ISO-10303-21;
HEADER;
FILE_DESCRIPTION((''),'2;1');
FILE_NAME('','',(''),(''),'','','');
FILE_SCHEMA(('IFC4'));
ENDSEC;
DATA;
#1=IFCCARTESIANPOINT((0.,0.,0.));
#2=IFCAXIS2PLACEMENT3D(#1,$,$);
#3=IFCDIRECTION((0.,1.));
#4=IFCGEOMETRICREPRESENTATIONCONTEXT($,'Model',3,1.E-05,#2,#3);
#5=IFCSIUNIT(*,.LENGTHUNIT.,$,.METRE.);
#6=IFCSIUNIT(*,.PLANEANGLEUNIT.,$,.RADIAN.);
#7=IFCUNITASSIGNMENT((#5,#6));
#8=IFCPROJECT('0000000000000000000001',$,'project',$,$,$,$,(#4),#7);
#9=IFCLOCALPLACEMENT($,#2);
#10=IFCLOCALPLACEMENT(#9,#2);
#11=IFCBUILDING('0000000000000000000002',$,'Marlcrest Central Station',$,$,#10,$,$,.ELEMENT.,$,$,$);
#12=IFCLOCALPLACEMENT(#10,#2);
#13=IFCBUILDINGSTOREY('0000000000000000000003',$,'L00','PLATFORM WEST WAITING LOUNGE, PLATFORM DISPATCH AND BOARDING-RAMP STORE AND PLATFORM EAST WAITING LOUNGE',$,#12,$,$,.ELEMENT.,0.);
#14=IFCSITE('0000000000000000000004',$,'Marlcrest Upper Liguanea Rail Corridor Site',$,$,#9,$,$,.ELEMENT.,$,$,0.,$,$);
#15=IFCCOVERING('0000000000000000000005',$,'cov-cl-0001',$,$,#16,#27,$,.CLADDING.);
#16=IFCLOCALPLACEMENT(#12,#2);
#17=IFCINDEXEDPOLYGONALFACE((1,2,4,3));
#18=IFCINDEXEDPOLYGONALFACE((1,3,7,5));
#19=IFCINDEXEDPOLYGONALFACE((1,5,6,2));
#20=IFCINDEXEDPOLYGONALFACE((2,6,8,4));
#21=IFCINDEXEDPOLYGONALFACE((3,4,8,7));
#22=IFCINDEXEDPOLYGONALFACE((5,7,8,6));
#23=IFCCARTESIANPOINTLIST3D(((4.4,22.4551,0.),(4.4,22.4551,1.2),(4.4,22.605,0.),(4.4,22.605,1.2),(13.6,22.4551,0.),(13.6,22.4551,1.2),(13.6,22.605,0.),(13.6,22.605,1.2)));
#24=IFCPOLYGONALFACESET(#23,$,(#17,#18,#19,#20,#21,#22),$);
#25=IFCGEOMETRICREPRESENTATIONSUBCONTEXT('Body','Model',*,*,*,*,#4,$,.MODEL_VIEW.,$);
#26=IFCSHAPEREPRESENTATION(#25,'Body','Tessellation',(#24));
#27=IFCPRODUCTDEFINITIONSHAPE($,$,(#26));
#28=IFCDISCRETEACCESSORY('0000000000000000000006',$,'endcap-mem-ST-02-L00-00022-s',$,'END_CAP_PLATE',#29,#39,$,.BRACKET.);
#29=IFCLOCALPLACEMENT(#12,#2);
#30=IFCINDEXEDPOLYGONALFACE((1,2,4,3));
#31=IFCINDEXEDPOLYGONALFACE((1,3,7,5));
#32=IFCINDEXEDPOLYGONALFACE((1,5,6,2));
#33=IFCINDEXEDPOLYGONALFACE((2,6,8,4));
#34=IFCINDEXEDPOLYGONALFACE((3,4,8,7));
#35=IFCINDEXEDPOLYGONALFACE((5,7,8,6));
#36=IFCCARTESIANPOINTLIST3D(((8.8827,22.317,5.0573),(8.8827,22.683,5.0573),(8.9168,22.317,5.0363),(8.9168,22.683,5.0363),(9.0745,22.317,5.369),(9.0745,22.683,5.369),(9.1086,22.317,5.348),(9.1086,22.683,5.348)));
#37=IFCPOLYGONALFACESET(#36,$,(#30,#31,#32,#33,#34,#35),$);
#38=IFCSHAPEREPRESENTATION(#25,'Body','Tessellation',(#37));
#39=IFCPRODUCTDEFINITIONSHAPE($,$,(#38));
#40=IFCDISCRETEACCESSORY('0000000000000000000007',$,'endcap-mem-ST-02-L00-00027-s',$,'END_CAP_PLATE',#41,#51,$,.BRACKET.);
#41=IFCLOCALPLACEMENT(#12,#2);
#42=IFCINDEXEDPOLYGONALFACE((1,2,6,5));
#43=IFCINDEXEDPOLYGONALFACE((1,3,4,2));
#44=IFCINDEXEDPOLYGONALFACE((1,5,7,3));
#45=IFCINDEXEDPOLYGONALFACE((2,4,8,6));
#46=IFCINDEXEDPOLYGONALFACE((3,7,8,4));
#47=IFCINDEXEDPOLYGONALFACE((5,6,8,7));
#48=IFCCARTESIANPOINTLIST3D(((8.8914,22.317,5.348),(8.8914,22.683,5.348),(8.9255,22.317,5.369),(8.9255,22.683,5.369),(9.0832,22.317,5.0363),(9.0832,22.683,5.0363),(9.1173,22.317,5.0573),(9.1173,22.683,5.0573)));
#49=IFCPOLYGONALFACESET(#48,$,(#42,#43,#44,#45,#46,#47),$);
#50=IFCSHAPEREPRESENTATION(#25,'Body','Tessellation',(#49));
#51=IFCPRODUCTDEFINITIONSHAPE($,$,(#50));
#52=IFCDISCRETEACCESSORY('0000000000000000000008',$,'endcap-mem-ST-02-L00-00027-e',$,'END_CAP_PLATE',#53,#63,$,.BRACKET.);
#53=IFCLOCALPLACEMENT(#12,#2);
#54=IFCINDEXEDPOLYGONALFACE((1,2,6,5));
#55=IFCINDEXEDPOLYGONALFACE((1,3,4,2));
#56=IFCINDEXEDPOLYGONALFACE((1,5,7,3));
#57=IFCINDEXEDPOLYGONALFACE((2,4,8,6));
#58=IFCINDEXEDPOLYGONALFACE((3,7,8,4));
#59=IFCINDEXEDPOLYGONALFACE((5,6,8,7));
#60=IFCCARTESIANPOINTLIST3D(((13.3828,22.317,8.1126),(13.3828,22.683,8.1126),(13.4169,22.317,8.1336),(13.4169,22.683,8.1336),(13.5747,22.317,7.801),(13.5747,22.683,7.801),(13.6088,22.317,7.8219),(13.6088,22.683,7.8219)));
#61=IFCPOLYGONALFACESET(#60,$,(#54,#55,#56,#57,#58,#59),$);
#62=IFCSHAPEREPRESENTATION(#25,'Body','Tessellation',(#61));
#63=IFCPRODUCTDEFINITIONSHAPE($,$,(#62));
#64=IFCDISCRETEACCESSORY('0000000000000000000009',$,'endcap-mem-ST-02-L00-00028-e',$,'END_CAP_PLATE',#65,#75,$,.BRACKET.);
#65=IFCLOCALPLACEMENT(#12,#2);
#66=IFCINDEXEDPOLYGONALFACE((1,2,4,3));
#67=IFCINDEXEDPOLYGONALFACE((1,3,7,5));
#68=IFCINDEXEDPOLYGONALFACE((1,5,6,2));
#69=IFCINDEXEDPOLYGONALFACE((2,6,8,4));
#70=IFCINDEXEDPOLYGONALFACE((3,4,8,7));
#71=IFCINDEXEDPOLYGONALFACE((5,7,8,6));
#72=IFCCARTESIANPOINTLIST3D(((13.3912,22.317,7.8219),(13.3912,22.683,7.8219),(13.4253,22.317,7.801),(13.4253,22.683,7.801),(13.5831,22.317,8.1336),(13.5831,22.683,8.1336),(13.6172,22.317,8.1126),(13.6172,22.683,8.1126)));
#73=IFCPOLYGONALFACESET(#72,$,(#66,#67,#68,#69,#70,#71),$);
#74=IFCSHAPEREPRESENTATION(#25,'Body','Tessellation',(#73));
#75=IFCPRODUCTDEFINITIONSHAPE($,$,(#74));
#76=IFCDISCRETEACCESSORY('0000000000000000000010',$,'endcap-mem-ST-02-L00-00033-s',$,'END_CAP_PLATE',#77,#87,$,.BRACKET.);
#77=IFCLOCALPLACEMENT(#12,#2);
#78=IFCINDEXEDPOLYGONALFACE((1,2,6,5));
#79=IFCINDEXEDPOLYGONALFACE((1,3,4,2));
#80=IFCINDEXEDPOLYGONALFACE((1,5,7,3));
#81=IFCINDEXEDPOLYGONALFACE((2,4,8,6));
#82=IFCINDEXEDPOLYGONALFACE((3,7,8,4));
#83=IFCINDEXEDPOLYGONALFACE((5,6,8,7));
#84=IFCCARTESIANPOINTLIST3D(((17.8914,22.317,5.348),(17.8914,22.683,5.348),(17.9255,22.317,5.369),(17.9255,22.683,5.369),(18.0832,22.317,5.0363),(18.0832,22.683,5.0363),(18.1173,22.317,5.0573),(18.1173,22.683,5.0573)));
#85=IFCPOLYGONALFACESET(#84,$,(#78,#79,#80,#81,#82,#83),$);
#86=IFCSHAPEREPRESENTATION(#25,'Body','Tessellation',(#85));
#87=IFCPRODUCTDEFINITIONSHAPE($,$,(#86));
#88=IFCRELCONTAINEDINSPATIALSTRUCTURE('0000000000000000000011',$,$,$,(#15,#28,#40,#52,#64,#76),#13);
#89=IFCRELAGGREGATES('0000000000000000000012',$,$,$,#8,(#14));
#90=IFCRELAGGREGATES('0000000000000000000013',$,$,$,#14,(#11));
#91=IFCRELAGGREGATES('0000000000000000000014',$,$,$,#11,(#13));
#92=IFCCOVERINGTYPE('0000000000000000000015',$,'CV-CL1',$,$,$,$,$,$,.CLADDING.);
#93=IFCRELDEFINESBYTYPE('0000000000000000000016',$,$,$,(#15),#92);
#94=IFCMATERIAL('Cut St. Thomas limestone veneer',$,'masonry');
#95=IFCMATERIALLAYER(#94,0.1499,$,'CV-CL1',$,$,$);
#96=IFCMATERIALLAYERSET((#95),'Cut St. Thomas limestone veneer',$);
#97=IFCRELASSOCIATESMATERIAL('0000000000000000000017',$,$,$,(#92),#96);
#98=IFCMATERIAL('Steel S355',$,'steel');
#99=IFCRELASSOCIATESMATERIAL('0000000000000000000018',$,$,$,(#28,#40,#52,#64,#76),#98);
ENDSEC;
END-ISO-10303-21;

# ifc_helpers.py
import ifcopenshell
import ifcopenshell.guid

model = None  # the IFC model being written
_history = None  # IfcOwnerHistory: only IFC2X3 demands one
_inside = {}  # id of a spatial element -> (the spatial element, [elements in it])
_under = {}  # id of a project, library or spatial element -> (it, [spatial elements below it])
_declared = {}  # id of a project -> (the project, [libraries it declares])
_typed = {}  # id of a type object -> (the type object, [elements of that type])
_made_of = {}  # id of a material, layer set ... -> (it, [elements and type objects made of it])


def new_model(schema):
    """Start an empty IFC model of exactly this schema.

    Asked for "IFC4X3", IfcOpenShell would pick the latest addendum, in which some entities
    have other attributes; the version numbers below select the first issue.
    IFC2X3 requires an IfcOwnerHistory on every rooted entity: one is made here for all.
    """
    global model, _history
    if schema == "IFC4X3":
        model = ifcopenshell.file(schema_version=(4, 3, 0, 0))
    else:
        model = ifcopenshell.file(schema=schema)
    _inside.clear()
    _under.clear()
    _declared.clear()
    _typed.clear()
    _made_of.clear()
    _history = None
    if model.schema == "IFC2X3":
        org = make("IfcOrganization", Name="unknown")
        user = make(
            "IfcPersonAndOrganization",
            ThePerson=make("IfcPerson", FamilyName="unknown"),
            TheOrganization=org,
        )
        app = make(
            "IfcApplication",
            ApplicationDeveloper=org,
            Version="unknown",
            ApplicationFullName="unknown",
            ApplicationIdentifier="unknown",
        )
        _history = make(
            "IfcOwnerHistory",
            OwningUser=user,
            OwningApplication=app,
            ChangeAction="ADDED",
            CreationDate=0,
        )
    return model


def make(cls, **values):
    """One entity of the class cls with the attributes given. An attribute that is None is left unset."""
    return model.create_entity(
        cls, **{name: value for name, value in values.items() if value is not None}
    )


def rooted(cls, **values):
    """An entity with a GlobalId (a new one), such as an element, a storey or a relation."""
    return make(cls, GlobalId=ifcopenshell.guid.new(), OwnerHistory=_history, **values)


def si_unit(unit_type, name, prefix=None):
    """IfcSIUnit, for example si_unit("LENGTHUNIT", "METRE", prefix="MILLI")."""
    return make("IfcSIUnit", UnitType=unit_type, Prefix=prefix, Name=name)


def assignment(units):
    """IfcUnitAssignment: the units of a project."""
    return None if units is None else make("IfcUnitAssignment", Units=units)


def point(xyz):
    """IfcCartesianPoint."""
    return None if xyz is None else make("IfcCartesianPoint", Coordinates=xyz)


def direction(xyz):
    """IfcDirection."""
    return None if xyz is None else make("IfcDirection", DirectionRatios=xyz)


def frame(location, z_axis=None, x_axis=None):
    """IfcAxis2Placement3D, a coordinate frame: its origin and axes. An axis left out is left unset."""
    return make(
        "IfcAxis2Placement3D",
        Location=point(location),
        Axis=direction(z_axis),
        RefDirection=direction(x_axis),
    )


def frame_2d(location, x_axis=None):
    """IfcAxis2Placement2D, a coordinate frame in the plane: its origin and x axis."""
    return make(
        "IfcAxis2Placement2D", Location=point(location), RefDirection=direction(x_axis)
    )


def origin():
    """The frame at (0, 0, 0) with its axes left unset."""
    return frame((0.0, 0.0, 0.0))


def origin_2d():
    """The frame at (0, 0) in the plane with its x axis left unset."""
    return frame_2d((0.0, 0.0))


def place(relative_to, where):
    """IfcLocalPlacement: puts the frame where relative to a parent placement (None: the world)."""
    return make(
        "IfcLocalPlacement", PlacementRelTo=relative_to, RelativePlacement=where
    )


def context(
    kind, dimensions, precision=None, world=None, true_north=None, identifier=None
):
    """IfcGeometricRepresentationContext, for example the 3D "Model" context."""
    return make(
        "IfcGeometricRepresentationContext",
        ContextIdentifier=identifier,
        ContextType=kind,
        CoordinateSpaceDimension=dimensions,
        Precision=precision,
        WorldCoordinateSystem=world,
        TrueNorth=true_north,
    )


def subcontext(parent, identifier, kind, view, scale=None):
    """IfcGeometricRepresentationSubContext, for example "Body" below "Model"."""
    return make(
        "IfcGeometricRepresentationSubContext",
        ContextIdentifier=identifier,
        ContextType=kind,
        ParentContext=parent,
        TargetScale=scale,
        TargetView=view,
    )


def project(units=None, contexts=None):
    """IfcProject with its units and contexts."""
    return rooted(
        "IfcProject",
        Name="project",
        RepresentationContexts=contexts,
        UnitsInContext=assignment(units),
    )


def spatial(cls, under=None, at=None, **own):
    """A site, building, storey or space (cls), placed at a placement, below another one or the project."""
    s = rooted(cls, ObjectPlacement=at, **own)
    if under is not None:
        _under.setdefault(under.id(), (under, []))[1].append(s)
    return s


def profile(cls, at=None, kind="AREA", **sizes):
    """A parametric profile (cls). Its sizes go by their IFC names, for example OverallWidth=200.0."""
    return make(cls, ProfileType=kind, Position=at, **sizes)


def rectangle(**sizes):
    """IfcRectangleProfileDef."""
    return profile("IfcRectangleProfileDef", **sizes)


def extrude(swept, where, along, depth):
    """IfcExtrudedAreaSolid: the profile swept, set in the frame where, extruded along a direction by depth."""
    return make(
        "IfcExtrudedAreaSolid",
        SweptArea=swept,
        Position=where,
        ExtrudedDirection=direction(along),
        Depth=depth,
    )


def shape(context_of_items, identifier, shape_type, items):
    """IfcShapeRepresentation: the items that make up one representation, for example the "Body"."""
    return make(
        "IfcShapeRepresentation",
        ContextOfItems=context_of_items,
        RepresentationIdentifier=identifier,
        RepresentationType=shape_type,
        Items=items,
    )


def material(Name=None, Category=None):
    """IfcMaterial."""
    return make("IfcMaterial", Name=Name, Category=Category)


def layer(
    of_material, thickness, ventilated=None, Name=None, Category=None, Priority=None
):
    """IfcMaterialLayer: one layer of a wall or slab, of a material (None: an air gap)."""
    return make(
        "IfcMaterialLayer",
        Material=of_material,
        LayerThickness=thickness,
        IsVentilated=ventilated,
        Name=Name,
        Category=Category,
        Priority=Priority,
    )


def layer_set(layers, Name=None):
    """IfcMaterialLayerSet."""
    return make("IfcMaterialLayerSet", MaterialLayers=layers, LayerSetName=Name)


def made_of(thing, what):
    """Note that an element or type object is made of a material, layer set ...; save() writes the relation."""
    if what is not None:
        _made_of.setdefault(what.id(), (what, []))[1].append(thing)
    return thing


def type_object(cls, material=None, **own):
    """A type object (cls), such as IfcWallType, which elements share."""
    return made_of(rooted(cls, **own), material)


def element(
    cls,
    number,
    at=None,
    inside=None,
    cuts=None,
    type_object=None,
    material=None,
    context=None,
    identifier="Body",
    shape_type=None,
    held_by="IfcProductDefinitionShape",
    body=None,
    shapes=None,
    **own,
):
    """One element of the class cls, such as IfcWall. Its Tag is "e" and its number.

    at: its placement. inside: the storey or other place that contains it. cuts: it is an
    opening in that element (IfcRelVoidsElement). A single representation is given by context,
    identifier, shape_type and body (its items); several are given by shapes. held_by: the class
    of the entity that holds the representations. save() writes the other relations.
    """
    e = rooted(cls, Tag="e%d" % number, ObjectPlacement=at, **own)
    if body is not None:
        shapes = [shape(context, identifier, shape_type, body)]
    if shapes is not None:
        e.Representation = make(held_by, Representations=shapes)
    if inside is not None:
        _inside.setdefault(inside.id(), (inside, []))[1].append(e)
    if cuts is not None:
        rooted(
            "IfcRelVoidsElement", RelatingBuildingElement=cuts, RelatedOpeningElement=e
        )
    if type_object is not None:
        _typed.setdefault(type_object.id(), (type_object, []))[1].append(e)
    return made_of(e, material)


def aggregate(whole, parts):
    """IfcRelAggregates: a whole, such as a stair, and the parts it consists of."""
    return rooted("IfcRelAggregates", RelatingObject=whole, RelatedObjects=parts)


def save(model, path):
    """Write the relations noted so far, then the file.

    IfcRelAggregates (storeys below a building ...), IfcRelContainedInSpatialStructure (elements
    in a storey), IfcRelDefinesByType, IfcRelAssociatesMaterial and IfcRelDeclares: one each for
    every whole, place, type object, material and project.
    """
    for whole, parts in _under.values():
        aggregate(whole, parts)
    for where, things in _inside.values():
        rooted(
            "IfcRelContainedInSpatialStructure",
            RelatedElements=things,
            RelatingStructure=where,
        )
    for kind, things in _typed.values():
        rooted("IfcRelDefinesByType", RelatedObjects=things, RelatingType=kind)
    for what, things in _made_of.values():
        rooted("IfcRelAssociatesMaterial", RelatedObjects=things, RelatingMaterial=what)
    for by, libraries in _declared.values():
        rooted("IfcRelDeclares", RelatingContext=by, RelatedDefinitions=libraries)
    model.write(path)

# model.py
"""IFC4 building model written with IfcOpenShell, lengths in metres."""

from ifc_helpers import new_model, si_unit, direction, frame, origin, origin_2d, place, context, subcontext, project, spatial, rectangle, extrude, material, layer, layer_set, type_object, element, save


model = new_model("IFC4")

# Units and contexts
model_context = context("Model", 3, precision=1e-05, world=origin(), true_north=direction((0.0, 1.0)))
body_context = subcontext(model_context, "Body", "Model", "MODEL_VIEW")
ifc_project = project(units=[si_unit("LENGTHUNIT", "METRE"), si_unit("PLANEANGLEUNIT", "RADIAN")], contexts=[model_context])

# Site, building, storey
site_placement = place(None, origin())
site = spatial("IfcSite", under=ifc_project, at=site_placement, Name="Marlcrest Upper Liguanea Rail Corridor Site", CompositionType="ELEMENT", RefElevation=0.0)
building_placement = place(site_placement, origin())
building = spatial("IfcBuilding", under=site, at=building_placement, Name="Marlcrest Central Station", CompositionType="ELEMENT")
storey_placement = place(building_placement, origin())
storey = spatial("IfcBuildingStorey", under=building, at=storey_placement, Name="L00", Description="PLATFORM WEST WAITING LOUNGE, PLATFORM DISPATCH AND BOARDING-RAMP STORE AND PLATFORM EAST WAITING LOUNGE", CompositionType="ELEMENT", Elevation=0.0)

# Shared definitions
ifc_material_1 = material(Name="Steel S355", Category="steel")

# Covering
ifc_material_2 = material(Name="Cut St. Thomas limestone veneer", Category="masonry")
ifc_layer_1 = layer(ifc_material_2, 0.1499, Name="CV-CL1")
ifc_layer_set_1 = layer_set([ifc_layer_1], Name="Cut St. Thomas limestone veneer")
covering_type = type_object("IfcCoveringType", Name="CV-CL1", PredefinedType="CLADDING", material=ifc_layer_set_1)
covering_placement = place(storey_placement, frame((9.0, 22.53, 0.0), z_axis=(0.0, 0.0, 1.0), x_axis=(1.0, 0.0, 0.0)))
element("IfcCovering", 1, at=covering_placement, inside=storey, type_object=covering_type, Name="cov-cl-0001", PredefinedType="CLADDING", context=body_context, shape_type="SweptSolid", body=[
    extrude(rectangle(XDim=9.2, YDim=0.1499, at=origin_2d()), origin(), (0.0, 0.0, 1.0), 1.2),
])

# Discrete accessories
for number, where, z_axis, x_axis, name in (
    (2, (9.0127, 22.5, 5.1921), (-0.851592, 0.0, 0.524206), (0.0, -1.0, 0.0), "endcap-mem-ST-02-L00-00022-s"),
    (3, (8.9873, 22.5, 5.1921), (0.851592, 0.0, 0.524206), (0.0, 1.0, 0.0), "endcap-mem-ST-02-L00-00027-s"),
    (4, (13.4788, 22.5, 7.9568), (0.851592, 0.0, 0.524206), (0.0, 1.0, 0.0), "endcap-mem-ST-02-L00-00027-e"),
    (5, (13.5212, 22.5, 7.9568), (-0.851592, 0.0, 0.524206), (0.0, -1.0, 0.0), "endcap-mem-ST-02-L00-00028-e"),
    (6, (17.9873, 22.5, 5.1921), (0.851592, 0.0, 0.524206), (0.0, 1.0, 0.0), "endcap-mem-ST-02-L00-00033-s"),
):
    element("IfcDiscreteAccessory", number, at=place(storey_placement, frame(where, z_axis=z_axis, x_axis=x_axis)), inside=storey, material=ifc_material_1, Name=name, ObjectType="END_CAP_PLATE", PredefinedType="BRACKET", context=body_context, shape_type="SweptSolid", body=[
        extrude(rectangle(XDim=0.366, YDim=0.366, at=origin_2d()), origin(), (0.0, 0.0, 1.0), 0.04),
    ])

save(model, "model.ifc")
